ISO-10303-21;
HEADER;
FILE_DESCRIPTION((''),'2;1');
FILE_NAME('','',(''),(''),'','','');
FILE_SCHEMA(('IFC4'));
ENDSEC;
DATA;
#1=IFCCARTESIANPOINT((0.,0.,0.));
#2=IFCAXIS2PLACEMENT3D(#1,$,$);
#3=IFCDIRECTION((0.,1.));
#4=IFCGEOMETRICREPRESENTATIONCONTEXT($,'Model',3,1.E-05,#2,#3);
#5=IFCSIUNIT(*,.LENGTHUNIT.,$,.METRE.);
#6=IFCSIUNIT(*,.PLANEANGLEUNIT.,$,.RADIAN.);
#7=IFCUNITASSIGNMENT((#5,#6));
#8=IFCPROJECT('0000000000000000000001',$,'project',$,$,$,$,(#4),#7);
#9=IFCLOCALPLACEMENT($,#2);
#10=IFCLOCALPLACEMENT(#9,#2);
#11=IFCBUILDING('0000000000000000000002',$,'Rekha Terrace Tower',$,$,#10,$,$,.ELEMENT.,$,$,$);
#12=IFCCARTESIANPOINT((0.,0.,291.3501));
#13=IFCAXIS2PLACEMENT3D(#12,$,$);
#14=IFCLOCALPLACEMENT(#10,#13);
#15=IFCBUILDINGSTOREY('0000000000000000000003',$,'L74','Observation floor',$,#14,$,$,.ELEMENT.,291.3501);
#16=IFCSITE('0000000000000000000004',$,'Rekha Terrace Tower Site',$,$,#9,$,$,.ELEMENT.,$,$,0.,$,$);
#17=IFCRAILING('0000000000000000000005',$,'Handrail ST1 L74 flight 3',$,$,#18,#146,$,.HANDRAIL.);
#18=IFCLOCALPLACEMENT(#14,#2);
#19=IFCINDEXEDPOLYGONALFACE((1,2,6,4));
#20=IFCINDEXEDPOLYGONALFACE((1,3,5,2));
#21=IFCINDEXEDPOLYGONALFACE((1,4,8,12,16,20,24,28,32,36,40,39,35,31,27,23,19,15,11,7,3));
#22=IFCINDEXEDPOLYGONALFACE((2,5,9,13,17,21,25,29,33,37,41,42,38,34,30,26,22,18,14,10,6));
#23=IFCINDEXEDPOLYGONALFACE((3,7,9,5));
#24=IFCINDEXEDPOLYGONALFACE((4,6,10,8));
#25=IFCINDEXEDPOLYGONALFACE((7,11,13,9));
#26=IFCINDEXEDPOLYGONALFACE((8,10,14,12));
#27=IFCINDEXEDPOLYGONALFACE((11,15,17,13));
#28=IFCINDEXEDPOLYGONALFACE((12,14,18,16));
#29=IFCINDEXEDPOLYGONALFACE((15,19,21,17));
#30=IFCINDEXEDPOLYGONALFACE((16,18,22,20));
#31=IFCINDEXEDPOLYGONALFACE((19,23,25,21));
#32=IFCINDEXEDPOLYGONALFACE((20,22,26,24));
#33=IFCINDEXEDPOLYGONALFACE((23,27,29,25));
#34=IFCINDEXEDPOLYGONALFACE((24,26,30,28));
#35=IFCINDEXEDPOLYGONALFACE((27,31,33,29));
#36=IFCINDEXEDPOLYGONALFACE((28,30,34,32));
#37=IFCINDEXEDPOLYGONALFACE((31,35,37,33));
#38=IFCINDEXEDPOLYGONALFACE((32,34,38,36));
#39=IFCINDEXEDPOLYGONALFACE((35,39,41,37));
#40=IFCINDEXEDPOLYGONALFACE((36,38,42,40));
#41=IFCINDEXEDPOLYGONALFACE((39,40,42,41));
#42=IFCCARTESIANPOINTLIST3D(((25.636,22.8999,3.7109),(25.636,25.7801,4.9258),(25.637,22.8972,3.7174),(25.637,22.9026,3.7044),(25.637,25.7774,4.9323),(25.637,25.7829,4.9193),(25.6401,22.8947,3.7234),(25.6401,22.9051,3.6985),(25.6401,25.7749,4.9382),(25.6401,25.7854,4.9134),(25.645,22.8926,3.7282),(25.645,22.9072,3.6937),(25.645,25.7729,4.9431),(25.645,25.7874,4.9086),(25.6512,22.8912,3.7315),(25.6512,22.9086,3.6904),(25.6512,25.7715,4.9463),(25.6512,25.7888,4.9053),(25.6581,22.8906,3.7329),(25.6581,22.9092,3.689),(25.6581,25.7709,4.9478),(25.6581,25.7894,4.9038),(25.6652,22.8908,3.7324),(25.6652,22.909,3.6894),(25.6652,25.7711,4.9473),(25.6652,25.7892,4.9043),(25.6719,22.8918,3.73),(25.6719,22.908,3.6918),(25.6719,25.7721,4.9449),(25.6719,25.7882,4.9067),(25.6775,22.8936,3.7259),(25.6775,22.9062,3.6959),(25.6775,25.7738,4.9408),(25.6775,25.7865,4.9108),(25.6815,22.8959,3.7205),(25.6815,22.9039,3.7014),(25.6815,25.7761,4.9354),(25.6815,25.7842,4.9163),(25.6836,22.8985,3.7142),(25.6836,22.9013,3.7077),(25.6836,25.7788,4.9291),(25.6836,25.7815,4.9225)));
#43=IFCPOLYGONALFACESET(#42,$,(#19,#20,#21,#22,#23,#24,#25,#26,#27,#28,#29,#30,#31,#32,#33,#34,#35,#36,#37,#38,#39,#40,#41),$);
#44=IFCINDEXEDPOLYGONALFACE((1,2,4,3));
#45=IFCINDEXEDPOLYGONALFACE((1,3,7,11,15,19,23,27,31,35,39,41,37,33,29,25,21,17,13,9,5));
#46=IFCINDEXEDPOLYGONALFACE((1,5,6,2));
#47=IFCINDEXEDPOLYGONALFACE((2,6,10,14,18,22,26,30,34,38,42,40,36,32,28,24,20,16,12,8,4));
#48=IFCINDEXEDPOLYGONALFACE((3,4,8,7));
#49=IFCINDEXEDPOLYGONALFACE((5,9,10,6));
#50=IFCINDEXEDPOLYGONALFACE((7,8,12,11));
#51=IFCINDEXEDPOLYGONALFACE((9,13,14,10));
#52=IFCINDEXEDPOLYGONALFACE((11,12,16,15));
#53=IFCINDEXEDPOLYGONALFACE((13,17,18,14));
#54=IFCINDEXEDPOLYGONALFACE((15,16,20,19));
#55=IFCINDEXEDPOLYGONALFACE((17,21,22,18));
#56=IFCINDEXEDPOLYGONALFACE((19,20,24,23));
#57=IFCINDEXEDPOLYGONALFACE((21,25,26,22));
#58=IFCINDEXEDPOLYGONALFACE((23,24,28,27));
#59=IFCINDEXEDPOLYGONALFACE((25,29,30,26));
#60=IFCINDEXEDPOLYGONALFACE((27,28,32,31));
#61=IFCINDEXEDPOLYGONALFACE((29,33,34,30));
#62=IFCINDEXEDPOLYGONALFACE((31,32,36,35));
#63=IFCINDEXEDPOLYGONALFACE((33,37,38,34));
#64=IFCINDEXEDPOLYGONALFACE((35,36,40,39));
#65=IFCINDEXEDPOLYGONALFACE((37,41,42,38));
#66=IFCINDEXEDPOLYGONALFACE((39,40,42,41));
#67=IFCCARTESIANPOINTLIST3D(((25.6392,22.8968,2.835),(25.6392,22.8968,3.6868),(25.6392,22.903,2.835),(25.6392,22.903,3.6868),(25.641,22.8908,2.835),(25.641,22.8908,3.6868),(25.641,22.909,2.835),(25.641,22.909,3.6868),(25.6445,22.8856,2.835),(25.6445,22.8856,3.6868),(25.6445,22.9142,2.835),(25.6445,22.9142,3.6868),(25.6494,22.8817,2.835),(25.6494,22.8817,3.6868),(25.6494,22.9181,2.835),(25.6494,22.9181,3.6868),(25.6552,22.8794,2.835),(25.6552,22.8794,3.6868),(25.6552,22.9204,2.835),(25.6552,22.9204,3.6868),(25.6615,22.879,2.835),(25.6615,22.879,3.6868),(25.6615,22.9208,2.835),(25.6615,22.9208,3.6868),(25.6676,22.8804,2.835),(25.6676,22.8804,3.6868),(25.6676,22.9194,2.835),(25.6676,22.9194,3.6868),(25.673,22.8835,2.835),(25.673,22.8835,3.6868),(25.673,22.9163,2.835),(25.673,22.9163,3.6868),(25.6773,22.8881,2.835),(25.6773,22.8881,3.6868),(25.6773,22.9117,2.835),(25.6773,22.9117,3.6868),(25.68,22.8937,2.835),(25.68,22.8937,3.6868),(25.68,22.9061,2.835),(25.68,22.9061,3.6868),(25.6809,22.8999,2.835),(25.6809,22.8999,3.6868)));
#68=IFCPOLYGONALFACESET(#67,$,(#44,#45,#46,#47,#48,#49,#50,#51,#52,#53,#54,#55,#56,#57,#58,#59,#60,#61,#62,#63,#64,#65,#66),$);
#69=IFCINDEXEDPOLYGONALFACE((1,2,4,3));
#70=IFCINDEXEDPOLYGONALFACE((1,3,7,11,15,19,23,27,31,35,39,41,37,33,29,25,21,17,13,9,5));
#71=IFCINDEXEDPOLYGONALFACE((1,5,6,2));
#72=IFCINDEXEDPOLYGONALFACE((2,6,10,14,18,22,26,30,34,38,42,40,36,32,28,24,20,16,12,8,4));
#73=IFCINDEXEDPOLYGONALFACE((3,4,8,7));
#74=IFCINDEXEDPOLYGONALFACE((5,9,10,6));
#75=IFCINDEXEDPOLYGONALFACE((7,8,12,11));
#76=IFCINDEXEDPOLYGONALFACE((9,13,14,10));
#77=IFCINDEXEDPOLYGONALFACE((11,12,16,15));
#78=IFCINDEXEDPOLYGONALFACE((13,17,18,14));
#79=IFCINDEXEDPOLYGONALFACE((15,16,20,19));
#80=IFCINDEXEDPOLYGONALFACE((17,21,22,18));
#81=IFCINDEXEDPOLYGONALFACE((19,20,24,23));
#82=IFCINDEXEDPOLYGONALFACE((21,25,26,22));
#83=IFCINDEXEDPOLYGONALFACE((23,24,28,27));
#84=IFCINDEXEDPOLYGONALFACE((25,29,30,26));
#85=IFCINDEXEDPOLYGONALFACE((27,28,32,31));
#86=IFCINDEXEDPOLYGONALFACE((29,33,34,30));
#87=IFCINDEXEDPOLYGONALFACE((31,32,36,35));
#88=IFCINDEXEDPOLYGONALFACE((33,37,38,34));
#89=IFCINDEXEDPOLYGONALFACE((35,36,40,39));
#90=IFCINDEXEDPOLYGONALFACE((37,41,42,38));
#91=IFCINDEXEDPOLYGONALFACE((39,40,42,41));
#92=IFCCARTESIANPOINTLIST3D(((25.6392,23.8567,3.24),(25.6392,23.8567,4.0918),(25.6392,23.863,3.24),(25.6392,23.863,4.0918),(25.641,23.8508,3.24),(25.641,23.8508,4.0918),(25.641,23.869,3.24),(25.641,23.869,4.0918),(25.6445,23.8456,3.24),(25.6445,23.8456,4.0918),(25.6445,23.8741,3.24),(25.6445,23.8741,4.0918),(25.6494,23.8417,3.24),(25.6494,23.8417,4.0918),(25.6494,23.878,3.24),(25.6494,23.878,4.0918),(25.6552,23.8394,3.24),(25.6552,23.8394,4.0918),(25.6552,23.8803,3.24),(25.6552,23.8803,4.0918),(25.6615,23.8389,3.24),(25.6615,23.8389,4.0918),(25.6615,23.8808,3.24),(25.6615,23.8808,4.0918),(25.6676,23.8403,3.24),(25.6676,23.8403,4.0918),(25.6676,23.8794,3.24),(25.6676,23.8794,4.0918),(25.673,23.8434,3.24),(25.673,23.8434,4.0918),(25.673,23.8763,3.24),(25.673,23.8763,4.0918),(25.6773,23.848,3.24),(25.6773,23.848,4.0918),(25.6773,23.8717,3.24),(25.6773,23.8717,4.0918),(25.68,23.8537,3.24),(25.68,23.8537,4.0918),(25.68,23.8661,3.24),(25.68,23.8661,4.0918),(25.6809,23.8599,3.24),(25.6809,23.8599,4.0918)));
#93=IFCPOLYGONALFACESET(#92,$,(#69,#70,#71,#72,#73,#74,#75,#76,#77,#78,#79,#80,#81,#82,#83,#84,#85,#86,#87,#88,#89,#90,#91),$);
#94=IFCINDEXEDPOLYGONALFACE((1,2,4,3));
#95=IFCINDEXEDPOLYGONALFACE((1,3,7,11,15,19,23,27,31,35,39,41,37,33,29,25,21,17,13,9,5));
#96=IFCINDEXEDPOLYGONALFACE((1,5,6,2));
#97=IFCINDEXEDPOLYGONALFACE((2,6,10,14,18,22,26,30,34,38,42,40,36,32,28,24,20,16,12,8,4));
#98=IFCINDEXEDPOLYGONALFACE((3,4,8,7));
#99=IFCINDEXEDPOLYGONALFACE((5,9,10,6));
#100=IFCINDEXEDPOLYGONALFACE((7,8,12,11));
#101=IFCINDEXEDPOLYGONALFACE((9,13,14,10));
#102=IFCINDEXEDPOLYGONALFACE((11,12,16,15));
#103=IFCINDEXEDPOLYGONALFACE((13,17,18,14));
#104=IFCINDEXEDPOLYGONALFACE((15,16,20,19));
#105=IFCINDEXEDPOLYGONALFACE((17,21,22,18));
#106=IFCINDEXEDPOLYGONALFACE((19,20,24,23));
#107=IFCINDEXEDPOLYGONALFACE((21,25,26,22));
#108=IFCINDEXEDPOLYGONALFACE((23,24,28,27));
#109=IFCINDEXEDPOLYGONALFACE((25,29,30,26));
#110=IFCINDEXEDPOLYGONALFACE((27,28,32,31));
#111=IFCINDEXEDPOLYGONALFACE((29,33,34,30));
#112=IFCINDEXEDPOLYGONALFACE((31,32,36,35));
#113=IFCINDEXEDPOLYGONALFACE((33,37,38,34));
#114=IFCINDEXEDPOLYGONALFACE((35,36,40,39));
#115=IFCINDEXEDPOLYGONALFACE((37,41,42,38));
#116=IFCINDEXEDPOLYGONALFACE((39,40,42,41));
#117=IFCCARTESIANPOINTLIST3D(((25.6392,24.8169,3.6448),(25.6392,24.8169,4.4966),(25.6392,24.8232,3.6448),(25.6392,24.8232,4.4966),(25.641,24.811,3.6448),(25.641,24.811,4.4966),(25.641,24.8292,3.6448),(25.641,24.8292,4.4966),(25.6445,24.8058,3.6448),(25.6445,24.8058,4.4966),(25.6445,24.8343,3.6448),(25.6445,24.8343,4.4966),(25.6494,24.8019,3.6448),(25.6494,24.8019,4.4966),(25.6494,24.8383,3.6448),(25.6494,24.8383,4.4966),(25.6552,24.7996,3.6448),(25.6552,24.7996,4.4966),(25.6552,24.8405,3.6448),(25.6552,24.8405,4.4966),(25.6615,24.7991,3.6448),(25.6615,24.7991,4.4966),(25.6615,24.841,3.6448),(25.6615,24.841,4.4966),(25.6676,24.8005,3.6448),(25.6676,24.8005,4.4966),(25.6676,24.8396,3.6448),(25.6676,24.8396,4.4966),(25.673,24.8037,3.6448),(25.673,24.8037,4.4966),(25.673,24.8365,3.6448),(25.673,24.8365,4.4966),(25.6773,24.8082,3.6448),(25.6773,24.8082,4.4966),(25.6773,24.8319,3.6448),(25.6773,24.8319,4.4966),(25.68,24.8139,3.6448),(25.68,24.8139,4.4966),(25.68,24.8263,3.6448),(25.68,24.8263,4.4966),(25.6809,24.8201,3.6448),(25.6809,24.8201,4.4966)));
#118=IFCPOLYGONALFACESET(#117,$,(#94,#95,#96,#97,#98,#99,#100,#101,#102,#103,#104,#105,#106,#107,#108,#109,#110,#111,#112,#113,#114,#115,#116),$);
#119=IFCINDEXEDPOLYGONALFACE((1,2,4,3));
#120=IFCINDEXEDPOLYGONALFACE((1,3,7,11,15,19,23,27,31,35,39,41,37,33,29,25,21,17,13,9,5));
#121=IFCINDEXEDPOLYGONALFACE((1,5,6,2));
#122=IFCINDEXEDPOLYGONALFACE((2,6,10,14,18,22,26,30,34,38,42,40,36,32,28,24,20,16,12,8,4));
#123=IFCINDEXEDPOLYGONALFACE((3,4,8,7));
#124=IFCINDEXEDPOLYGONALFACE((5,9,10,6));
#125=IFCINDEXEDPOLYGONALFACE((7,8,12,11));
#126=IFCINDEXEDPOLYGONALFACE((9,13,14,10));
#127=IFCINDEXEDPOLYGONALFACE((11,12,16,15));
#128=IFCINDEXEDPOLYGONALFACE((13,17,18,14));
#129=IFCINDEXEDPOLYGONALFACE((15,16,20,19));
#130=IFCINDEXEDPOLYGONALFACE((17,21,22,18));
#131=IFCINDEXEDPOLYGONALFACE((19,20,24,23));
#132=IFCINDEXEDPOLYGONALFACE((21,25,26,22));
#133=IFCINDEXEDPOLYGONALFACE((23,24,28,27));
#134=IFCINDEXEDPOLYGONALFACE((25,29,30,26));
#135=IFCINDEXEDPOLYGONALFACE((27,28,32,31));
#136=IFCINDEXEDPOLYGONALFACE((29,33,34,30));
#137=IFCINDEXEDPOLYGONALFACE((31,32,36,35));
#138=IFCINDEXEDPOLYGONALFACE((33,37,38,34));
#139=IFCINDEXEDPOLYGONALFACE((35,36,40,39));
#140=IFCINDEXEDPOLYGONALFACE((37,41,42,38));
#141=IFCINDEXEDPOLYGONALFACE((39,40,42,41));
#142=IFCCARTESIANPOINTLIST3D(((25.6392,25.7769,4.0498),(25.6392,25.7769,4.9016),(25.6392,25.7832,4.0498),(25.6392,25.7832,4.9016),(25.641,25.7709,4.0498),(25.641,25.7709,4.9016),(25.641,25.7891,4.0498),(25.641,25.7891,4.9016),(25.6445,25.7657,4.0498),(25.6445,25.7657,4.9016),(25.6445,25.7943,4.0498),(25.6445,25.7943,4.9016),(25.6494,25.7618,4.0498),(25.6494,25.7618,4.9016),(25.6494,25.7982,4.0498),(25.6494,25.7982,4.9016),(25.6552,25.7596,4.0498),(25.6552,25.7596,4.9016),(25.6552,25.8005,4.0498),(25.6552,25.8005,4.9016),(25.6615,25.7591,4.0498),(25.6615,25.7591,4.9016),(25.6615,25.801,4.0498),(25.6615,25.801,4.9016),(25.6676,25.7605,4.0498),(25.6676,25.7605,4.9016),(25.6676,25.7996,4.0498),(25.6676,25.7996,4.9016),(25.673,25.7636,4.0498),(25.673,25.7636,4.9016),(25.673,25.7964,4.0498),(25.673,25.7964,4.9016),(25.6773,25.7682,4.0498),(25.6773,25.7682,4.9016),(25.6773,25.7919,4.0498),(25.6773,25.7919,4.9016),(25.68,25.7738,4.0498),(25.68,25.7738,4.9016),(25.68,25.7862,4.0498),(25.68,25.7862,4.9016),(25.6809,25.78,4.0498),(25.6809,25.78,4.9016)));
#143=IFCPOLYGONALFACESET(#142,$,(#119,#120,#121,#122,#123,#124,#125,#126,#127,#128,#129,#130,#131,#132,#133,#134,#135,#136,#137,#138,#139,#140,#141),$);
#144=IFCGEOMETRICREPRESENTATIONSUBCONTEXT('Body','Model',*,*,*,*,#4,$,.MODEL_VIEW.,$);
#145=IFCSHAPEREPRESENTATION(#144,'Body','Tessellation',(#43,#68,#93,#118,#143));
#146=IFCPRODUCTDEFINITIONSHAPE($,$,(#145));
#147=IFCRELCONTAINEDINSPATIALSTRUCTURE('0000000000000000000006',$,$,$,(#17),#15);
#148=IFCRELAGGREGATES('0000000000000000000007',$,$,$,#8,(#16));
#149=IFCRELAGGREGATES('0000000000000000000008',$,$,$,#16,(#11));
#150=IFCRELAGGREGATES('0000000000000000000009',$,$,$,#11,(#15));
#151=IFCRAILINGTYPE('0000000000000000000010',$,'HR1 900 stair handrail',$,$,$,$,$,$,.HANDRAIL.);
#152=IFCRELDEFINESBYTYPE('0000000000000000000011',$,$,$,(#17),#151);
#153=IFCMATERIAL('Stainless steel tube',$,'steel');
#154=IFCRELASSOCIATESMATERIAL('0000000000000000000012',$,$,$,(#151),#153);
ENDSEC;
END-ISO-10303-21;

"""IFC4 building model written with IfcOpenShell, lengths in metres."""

from ifc_helpers import new_model, si_unit, direction, frame, origin, origin_2d, place, context, subcontext, project, spatial, circle, extrude, material, type_object, element, save


model = new_model("IFC4")

# Units and contexts
model_context = context("Model", 3, precision=1e-05, world=origin(), true_north=direction((0.0, 1.0)))
body_context = subcontext(model_context, "Body", "Model", "MODEL_VIEW")
ifc_project = project(units=[si_unit("LENGTHUNIT", "METRE"), si_unit("PLANEANGLEUNIT", "RADIAN")], contexts=[model_context])

# Site, building, storey
site_placement = place(None, origin())
site = spatial("IfcSite", under=ifc_project, at=site_placement, Name="Rekha Terrace Tower Site", CompositionType="ELEMENT", RefElevation=0.0)
building_placement = place(site_placement, origin())
building = spatial("IfcBuilding", under=site, at=building_placement, Name="Rekha Terrace Tower", CompositionType="ELEMENT")
storey_placement = place(building_placement, frame((0.0, 0.0, 291.3501)))
storey = spatial("IfcBuildingStorey", under=building, at=storey_placement, Name="L74", Description="Observation floor", CompositionType="ELEMENT", Elevation=291.3501)

# Railing
ifc_material_1 = material(Name="Stainless steel tube", Category="steel")
railing_type_1 = type_object("IfcRailingType", Name="HR1 900 stair handrail", PredefinedType="HANDRAIL", material=ifc_material_1)
railing_1_placement = place(storey_placement, frame((25.6599, 22.8999, 2.835)))
element("IfcRailing", 1, at=railing_1_placement, inside=storey, type_object=railing_type_1, Name="Handrail ST1 L74 flight 3", PredefinedType="HANDRAIL", context=body_context, shape_type="SweptSolid", body=[
    extrude(circle(Radius=0.0239, at=origin_2d()), frame((0.0, 0.0, 0.876), z_axis=(0.0, 0.921388, 0.388644), x_axis=(-1.0, 0.0, 0.0)), (0.0, 0.0, 1.0), 3.126),
    extrude(circle(Radius=0.021, at=origin_2d()), origin(), (0.0, 0.0, 1.0), 0.8518),
    extrude(circle(Radius=0.021, at=origin_2d()), frame((0.0, 0.96, 0.405)), (0.0, 0.0, 1.0), 0.8518),
    extrude(circle(Radius=0.021, at=origin_2d()), frame((0.0, 1.9202, 0.8098)), (0.0, 0.0, 1.0), 0.8518),
    extrude(circle(Radius=0.021, at=origin_2d()), frame((0.0, 2.8801, 1.2148)), (0.0, 0.0, 1.0), 0.8518),
])

save(model, "model.ifc")
